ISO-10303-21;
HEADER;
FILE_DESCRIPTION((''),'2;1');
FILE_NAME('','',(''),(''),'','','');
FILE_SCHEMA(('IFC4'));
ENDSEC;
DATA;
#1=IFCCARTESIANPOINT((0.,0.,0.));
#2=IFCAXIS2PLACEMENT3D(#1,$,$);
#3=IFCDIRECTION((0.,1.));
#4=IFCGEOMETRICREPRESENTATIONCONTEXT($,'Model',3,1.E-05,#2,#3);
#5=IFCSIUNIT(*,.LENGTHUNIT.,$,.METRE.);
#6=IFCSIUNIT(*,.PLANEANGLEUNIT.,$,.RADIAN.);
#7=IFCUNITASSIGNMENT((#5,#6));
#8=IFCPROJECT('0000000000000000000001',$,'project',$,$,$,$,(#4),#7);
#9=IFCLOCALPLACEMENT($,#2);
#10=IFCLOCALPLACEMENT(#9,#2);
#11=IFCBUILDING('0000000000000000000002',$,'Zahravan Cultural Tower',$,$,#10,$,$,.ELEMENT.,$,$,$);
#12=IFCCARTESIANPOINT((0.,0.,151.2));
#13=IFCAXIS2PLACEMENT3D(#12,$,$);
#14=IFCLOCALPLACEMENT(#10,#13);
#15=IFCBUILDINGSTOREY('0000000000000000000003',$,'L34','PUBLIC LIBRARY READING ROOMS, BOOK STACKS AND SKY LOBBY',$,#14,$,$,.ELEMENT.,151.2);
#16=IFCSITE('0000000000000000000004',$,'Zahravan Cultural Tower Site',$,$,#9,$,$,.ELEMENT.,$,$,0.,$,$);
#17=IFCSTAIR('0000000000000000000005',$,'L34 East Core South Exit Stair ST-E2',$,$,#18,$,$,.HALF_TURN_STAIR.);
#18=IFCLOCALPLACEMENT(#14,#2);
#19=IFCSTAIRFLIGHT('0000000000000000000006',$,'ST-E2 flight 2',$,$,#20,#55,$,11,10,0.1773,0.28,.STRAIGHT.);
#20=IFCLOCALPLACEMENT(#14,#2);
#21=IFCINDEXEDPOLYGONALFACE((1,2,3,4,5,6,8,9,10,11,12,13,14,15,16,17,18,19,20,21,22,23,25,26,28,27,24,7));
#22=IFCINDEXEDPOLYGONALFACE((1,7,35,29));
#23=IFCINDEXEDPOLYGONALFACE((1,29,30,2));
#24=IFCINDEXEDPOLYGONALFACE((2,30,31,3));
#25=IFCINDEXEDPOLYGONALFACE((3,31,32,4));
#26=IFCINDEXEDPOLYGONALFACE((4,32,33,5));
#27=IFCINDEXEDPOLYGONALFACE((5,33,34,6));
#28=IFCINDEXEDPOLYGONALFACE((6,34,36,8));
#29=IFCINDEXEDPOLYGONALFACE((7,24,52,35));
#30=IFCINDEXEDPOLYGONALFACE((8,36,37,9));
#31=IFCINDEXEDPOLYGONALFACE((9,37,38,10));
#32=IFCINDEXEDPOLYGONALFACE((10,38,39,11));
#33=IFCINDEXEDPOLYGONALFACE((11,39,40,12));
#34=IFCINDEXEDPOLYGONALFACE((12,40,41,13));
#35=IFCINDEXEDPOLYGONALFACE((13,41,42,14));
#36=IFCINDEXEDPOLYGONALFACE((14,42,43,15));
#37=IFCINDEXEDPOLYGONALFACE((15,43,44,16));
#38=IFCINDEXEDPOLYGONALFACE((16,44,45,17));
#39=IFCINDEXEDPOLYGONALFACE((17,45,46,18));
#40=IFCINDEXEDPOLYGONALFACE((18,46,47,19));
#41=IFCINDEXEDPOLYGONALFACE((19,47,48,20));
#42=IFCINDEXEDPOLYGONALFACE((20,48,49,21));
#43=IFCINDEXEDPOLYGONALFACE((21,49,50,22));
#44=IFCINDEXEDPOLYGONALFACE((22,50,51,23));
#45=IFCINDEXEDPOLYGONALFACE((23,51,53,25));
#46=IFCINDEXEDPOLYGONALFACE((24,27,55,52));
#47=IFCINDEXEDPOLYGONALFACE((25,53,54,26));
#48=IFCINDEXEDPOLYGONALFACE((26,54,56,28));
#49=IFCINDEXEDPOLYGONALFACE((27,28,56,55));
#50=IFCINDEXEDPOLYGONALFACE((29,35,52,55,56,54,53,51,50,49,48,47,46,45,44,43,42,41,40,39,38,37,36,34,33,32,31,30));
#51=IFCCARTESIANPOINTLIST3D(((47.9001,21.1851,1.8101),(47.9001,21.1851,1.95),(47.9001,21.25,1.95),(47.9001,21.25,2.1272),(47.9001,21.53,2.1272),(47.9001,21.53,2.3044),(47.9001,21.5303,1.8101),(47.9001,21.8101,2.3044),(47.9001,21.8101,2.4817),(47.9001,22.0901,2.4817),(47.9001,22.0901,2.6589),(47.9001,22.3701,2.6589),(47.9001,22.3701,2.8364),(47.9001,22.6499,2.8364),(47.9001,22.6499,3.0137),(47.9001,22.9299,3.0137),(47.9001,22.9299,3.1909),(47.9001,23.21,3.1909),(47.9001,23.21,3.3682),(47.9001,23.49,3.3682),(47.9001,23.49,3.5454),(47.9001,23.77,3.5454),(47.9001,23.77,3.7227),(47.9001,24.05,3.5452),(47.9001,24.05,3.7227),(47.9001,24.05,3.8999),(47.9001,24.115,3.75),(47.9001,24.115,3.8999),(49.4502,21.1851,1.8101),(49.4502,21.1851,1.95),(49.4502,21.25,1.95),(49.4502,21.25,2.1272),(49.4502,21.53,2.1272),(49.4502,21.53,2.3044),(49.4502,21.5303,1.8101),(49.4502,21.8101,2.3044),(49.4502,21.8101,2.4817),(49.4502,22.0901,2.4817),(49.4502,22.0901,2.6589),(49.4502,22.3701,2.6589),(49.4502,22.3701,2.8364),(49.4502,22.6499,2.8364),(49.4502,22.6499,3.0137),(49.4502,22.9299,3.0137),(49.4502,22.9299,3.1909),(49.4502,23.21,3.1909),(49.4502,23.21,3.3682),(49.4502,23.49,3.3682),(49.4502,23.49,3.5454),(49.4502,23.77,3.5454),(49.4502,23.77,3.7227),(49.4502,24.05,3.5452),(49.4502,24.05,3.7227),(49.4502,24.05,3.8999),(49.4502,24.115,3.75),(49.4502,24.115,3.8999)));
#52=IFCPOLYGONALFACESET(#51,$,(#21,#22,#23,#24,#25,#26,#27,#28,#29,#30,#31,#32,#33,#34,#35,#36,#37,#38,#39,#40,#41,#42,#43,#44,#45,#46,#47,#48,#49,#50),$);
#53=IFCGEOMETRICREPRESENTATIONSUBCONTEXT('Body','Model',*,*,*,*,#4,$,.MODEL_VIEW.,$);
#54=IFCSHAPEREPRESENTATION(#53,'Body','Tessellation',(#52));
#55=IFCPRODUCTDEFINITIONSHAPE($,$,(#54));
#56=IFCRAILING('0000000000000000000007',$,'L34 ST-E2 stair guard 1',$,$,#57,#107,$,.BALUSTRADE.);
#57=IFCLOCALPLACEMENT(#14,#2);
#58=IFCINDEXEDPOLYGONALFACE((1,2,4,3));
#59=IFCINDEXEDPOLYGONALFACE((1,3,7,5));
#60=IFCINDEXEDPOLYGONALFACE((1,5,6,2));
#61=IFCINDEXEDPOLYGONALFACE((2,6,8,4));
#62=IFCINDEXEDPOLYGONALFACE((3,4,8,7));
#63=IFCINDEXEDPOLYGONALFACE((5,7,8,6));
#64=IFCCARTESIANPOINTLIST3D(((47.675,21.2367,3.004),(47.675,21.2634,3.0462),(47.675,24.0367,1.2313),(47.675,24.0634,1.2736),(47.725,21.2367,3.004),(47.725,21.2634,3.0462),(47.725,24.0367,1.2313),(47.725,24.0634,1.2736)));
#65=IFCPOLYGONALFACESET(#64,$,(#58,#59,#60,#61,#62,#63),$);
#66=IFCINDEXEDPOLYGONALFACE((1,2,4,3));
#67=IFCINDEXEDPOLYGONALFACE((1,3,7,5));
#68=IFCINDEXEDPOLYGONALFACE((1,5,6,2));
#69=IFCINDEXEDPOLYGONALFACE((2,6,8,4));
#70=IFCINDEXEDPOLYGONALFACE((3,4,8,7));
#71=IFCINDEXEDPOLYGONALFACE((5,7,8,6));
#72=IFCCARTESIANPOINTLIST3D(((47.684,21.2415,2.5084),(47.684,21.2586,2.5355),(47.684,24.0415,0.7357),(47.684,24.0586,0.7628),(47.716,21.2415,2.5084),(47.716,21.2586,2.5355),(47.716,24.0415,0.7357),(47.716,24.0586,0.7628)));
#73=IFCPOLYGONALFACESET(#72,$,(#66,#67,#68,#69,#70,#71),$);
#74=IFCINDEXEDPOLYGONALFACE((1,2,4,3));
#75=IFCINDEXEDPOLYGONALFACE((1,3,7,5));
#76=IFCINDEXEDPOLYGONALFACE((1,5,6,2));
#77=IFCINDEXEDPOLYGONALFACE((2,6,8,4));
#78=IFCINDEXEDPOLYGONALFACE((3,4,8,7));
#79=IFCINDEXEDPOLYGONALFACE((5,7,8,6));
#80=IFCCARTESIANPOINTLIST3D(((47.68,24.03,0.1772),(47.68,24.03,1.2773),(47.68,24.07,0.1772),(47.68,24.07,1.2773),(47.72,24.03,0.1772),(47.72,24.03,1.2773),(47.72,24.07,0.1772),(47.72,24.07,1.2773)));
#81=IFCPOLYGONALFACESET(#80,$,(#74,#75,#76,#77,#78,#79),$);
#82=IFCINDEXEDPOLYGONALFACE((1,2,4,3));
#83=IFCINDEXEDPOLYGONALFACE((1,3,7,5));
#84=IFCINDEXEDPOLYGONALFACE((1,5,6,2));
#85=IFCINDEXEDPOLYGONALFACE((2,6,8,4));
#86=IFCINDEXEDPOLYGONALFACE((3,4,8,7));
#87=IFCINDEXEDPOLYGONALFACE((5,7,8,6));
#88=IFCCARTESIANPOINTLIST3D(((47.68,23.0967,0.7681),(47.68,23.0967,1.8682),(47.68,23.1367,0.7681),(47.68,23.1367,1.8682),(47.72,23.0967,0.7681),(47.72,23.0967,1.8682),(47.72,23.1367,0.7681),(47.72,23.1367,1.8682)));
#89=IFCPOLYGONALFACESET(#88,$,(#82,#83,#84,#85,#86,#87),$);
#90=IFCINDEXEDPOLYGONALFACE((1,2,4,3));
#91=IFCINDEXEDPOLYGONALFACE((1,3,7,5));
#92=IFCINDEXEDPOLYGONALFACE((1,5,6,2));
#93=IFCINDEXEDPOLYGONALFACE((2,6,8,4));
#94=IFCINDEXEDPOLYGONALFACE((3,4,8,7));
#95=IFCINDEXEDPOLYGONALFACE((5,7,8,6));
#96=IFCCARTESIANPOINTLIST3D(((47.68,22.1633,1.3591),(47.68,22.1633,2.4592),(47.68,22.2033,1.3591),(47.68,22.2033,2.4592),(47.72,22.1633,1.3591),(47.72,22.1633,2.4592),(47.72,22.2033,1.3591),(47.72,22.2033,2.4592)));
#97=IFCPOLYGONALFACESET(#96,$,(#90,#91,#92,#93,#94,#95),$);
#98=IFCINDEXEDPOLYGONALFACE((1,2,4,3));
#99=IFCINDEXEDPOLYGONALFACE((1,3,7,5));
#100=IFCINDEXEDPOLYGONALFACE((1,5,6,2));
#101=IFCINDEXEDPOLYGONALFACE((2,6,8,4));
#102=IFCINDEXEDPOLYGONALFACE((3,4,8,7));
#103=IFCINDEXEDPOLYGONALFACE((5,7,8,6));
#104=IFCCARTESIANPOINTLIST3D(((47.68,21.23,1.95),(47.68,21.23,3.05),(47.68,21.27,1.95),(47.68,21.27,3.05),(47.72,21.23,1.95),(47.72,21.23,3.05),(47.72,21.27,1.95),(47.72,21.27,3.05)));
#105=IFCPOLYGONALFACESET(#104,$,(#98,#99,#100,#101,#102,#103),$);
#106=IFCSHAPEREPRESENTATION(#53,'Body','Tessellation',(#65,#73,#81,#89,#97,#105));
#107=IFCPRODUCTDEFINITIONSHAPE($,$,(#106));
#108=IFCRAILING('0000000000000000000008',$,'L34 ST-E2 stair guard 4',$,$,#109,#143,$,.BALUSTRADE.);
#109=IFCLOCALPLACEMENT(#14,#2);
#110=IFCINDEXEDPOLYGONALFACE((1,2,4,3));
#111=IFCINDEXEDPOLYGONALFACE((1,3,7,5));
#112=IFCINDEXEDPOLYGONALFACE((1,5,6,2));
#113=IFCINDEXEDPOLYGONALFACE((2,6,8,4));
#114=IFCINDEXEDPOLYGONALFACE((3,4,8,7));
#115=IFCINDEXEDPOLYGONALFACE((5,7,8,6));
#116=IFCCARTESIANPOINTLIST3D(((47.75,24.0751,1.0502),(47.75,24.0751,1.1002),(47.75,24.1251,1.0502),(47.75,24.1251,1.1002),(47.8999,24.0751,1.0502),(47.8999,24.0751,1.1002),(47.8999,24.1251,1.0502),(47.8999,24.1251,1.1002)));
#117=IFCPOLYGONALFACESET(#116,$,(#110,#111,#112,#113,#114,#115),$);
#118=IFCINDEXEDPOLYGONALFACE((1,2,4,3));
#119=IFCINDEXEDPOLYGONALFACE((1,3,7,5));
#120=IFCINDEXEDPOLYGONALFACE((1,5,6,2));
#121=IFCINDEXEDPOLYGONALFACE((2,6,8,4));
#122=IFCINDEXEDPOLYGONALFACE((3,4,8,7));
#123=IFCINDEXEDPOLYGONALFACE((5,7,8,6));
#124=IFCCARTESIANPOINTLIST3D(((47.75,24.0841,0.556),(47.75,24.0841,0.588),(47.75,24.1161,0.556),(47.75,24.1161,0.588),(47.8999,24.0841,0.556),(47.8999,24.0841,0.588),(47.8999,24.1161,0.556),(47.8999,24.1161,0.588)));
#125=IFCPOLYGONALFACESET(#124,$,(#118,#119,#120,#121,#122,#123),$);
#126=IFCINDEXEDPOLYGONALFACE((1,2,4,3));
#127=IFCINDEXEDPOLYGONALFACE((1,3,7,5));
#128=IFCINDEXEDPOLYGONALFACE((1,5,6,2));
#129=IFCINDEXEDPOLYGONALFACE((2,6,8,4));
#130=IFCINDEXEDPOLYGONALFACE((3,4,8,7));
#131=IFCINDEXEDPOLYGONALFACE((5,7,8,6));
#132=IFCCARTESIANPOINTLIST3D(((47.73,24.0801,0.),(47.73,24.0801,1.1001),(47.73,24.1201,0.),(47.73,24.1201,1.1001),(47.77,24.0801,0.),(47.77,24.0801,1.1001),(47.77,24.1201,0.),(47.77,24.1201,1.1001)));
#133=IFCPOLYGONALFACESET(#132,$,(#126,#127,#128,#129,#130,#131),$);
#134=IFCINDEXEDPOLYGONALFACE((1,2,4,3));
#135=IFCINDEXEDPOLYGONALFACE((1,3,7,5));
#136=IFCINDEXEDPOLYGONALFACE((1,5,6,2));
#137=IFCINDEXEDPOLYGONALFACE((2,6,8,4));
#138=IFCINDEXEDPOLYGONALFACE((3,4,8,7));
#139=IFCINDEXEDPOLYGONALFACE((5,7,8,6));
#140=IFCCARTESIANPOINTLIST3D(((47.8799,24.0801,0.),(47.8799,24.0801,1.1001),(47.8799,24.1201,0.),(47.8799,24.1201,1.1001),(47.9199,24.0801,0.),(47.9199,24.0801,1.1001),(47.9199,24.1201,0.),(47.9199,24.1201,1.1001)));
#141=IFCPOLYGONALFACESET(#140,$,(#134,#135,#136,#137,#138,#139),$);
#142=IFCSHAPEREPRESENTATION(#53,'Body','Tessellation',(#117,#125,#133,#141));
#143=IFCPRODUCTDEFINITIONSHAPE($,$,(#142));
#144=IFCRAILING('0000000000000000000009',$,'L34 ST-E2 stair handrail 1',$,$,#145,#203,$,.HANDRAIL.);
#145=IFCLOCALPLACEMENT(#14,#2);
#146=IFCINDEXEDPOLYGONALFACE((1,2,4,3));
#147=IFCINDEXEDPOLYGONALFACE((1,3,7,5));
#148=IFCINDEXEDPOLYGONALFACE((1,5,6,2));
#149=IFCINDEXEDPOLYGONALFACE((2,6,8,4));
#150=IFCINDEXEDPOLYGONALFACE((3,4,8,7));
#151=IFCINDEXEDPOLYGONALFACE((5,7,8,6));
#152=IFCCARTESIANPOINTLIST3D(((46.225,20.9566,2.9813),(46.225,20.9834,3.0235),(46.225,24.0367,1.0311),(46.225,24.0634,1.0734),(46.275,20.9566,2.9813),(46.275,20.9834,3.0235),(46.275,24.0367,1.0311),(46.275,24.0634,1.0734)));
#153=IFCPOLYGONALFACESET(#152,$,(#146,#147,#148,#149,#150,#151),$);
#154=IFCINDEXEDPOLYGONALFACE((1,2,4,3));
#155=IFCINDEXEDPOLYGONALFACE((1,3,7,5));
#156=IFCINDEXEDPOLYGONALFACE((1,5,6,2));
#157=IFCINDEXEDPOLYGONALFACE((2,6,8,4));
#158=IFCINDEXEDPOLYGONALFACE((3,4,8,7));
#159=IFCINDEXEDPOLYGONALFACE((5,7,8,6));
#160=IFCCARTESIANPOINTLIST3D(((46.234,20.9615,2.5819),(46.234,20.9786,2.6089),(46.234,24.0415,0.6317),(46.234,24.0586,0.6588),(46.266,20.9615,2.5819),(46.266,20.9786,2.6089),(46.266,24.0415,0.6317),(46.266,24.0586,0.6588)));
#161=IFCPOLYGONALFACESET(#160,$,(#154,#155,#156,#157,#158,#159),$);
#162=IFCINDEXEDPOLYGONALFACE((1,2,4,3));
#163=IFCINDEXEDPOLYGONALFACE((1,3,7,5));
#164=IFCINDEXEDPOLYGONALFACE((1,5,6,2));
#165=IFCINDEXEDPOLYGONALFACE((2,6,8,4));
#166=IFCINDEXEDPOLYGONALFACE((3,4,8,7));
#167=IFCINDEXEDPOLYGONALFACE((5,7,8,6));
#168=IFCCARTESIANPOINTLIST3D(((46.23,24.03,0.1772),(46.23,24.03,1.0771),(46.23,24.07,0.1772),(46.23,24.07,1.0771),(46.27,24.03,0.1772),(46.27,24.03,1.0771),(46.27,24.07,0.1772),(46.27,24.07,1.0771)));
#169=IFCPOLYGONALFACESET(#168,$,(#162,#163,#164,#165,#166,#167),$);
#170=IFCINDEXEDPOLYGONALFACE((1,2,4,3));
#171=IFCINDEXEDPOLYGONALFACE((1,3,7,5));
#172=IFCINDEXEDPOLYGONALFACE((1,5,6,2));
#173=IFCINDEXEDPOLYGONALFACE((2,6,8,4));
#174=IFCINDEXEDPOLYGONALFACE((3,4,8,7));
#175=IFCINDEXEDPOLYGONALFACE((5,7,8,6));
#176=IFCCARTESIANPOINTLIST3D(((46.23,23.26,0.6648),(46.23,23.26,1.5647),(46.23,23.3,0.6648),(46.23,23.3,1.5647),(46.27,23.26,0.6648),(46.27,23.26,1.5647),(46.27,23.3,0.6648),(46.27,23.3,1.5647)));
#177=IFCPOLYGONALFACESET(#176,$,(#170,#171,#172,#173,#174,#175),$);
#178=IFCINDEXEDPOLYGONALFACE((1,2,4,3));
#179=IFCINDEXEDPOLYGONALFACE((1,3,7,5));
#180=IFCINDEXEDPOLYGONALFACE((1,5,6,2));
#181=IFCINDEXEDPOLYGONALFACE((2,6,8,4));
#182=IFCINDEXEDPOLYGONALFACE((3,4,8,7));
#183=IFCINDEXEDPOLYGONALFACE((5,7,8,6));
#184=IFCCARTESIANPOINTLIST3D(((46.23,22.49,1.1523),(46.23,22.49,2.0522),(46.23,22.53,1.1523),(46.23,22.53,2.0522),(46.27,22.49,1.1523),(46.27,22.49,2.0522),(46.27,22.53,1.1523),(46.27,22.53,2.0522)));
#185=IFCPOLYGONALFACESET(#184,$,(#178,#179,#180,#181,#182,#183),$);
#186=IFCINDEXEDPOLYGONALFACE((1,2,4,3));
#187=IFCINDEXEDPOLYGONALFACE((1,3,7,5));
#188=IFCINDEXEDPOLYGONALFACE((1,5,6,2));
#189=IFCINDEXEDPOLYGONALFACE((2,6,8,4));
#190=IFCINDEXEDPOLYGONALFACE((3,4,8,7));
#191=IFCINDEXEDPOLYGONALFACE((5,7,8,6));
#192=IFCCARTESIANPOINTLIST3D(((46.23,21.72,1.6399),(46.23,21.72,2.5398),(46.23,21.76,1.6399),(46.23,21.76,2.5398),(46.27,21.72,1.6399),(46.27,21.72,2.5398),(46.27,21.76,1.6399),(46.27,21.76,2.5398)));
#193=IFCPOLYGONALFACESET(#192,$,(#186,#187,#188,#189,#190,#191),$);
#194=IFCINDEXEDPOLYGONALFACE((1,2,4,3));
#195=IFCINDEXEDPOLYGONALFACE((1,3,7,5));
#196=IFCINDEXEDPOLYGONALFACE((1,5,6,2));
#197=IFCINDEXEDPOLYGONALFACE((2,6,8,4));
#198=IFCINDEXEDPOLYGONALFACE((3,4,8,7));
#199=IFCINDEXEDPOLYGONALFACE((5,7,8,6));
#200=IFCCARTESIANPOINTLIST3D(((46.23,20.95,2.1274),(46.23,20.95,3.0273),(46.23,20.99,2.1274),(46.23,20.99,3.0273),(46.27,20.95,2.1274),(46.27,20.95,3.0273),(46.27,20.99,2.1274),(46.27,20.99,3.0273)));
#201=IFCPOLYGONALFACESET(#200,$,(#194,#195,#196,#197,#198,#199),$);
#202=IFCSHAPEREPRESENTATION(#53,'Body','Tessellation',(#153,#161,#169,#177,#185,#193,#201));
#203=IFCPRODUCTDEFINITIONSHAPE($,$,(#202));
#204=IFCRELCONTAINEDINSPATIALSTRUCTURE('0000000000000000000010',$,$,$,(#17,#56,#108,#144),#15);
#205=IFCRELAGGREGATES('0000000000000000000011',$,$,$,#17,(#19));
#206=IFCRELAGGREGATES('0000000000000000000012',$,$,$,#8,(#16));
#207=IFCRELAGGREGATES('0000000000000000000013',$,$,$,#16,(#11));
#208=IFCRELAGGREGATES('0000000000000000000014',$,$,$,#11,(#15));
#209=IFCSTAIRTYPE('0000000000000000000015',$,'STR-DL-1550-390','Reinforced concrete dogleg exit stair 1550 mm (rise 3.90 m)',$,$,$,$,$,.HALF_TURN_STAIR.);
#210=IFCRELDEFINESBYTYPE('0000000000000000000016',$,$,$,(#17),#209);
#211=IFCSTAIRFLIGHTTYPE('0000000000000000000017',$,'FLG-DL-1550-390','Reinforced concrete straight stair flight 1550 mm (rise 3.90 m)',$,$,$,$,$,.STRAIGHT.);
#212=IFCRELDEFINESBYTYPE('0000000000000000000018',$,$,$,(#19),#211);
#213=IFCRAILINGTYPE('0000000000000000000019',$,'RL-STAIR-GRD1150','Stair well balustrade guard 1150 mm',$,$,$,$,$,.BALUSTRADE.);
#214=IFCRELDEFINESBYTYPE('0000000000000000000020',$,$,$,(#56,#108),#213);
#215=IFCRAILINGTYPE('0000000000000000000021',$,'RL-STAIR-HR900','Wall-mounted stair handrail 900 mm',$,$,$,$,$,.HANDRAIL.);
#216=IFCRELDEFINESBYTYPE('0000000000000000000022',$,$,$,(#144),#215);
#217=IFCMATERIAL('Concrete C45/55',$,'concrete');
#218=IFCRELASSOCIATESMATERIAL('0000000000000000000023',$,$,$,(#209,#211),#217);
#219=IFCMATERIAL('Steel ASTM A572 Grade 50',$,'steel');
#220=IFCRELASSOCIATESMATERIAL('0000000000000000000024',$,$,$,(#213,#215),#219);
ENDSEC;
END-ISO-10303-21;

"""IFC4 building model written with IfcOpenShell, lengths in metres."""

from ifc_helpers import new_model, si_unit, direction, frame, origin, origin_2d, place, context, subcontext, project, spatial, polyline, rectangle, outline, extrude, material, type_object, element, aggregate, save


model = new_model("IFC4")

# Units and contexts
model_context = context("Model", 3, precision=1e-05, world=origin(), true_north=direction((0.0, 1.0)))
body_context = subcontext(model_context, "Body", "Model", "MODEL_VIEW")
ifc_project = project(units=[si_unit("LENGTHUNIT", "METRE"), si_unit("PLANEANGLEUNIT", "RADIAN")], contexts=[model_context])

# Site, building, storey
site_placement = place(None, origin())
site = spatial("IfcSite", under=ifc_project, at=site_placement, Name="Zahravan Cultural Tower Site", CompositionType="ELEMENT", RefElevation=0.0)
building_placement = place(site_placement, origin())
building = spatial("IfcBuilding", under=site, at=building_placement, Name="Zahravan Cultural Tower", CompositionType="ELEMENT")
storey_placement = place(building_placement, frame((0.0, 0.0, 151.2)))
storey = spatial("IfcBuildingStorey", under=building, at=storey_placement, Name="L34", Description="PUBLIC LIBRARY READING ROOMS, BOOK STACKS AND SKY LOBBY", CompositionType="ELEMENT", Elevation=151.2)

# Shared definitions
ifc_material_1 = material(Name="Concrete C45/55", Category="concrete")

# Stair, stair flight
stair_type = type_object("IfcStairType", Name="STR-DL-1550-390", Description="Reinforced concrete dogleg exit stair 1550 mm (rise 3.90 m)", PredefinedType="HALF_TURN_STAIR", material=ifc_material_1)
stair_placement = place(storey_placement, origin())
stair = element("IfcStair", 1, at=stair_placement, inside=storey, type_object=stair_type, Name="L34 East Core South Exit Stair ST-E2", PredefinedType="HALF_TURN_STAIR")
stair_flight_type = type_object("IfcStairFlightType", Name="FLG-DL-1550-390", Description="Reinforced concrete straight stair flight 1550 mm (rise 3.90 m)", PredefinedType="STRAIGHT", material=ifc_material_1)
stair_flight_1_placement = place(storey_placement, frame((48.675, 21.25, 1.95), z_axis=(0.0, 0.0, 1.0), x_axis=(0.0, 1.0, 0.0)))
stair_flight_1 = element("IfcStairFlight", 2, at=stair_flight_1_placement, type_object=stair_flight_type, Name="ST-E2 flight 2", NumberOfRisers=11, NumberOfTreads=10, PredefinedType="STRAIGHT", RiserHeight=0.1773, TreadLength=0.28, context=body_context, shape_type="SweptSolid", body=[
    extrude(outline(polyline([(-0.0649, -0.1399), (-0.0649, 0.0), (0.0, 0.0), (0.0, 0.1772), (0.28, 0.1772), (0.28, 0.3545), (0.5601, 0.3545), (0.5601, 0.5317), (0.8401, 0.5317), (0.8401, 0.709), (1.1201, 0.709), (1.1201, 0.8865), (1.3999, 0.8865), (1.3999, 1.0637), (1.6799, 1.0637), (1.6799, 1.241), (1.96, 1.241), (1.96, 1.4182), (2.24, 1.4182), (2.24, 1.5955), (2.52, 1.5955), (2.52, 1.7727), (2.8, 1.7727), (2.8, 1.95), (2.865, 1.95), (2.865, 1.8), (2.8, 1.5952), (0.2803, -0.1399), (-0.0649, -0.1399)])), frame((0.0, 0.7749, 0.0), z_axis=(0.0, -1.0, 0.0), x_axis=(1.0, 0.0, 0.0)), (0.0, 0.0, 1.0), 1.55),
])
aggregate(stair, [stair_flight_1])

# Railings
ifc_material_2 = material(Name="Steel ASTM A572 Grade 50", Category="steel")
railing_type_1 = type_object("IfcRailingType", Name="RL-STAIR-GRD1150", Description="Stair well balustrade guard 1150 mm", PredefinedType="BALUSTRADE", material=ifc_material_2)
railing_1_placement = place(storey_placement, frame((47.7, 24.05, 0.1772)))
element("IfcRailing", 3, at=railing_1_placement, inside=storey, type_object=railing_type_1, Name="L34 ST-E2 stair guard 1", PredefinedType="BALUSTRADE", context=body_context, shape_type="SweptSolid", body=[
    extrude(rectangle(XDim=0.05, YDim=0.05, at=origin_2d()), frame((0.0, 0.0, 1.0752), z_axis=(0.0, -0.844909, 0.53491), x_axis=(1.0, 0.0, 0.0)), (0.0, 0.0, 1.0), 3.314),
    extrude(rectangle(XDim=0.032, YDim=0.032, at=origin_2d()), frame((0.0, 0.0, 0.572), z_axis=(0.0, -0.844909, 0.53491), x_axis=(1.0, 0.0, 0.0)), (0.0, 0.0, 1.0), 3.314),
    extrude(rectangle(XDim=0.04, YDim=0.04, at=origin_2d()), origin(), (0.0, 0.0, 1.0), 1.1001),
    extrude(rectangle(XDim=0.04, YDim=0.04, at=origin_2d()), frame((0.0, -0.9333, 0.5908)), (0.0, 0.0, 1.0), 1.1001),
    extrude(rectangle(XDim=0.04, YDim=0.04, at=origin_2d()), frame((0.0, -1.8667, 1.1819)), (0.0, 0.0, 1.0), 1.1001),
    extrude(rectangle(XDim=0.04, YDim=0.04, at=origin_2d()), frame((0.0, -2.8, 1.7727)), (0.0, 0.0, 1.0), 1.1001),
])
railing_2_placement = place(storey_placement, frame((47.75, 24.1001, 0.0)))
element("IfcRailing", 4, at=railing_2_placement, inside=storey, type_object=railing_type_1, Name="L34 ST-E2 stair guard 4", PredefinedType="BALUSTRADE", context=body_context, shape_type="SweptSolid", body=[
    extrude(rectangle(XDim=0.05, YDim=0.05, at=origin_2d()), frame((0.0, 0.0, 1.0752), z_axis=(1.0, 0.0, 0.0), x_axis=(0.0, 1.0, 0.0)), (0.0, 0.0, 1.0), 0.1499),
    extrude(rectangle(XDim=0.032, YDim=0.032, at=origin_2d()), frame((0.0, 0.0, 0.572), z_axis=(1.0, 0.0, 0.0), x_axis=(0.0, 1.0, 0.0)), (0.0, 0.0, 1.0), 0.1499),
    extrude(rectangle(XDim=0.04, YDim=0.04, at=origin_2d()), origin(), (0.0, 0.0, 1.0), 1.1001),
    extrude(rectangle(XDim=0.04, YDim=0.04, at=origin_2d()), frame((0.1499, 0.0, 0.0)), (0.0, 0.0, 1.0), 1.1001),
])
railing_type_2 = type_object("IfcRailingType", Name="RL-STAIR-HR900", Description="Wall-mounted stair handrail 900 mm", PredefinedType="HANDRAIL", material=ifc_material_2)
railing_3_placement = place(storey_placement, frame((46.25, 24.05, 0.1772)))
element("IfcRailing", 5, at=railing_3_placement, inside=storey, type_object=railing_type_2, Name="L34 ST-E2 stair handrail 1", PredefinedType="HANDRAIL", context=body_context, shape_type="SweptSolid", body=[
    extrude(rectangle(XDim=0.05, YDim=0.05, at=origin_2d()), frame((0.0, 0.0, 0.875), z_axis=(0.0, -0.844884, 0.53495), x_axis=(1.0, 0.0, 0.0)), (0.0, 0.0, 1.0), 3.6455),
    extrude(rectangle(XDim=0.032, YDim=0.032, at=origin_2d()), frame((0.0, 0.0, 0.468), z_axis=(0.0, -0.844884, 0.53495), x_axis=(1.0, 0.0, 0.0)), (0.0, 0.0, 1.0), 3.6455),
    extrude(rectangle(XDim=0.04, YDim=0.04, at=origin_2d()), origin(), (0.0, 0.0, 1.0), 0.8999),
    extrude(rectangle(XDim=0.04, YDim=0.04, at=origin_2d()), frame((0.0, -0.77, 0.4875)), (0.0, 0.0, 1.0), 0.8999),
    extrude(rectangle(XDim=0.04, YDim=0.04, at=origin_2d()), frame((0.0, -1.54, 0.9751)), (0.0, 0.0, 1.0), 0.8999),
    extrude(rectangle(XDim=0.04, YDim=0.04, at=origin_2d()), frame((0.0, -2.3101, 1.4626)), (0.0, 0.0, 1.0), 0.8999),
    extrude(rectangle(XDim=0.04, YDim=0.04, at=origin_2d()), frame((0.0, -3.0801, 1.9502)), (0.0, 0.0, 1.0), 0.8999),
])

save(model, "model.ifc")
